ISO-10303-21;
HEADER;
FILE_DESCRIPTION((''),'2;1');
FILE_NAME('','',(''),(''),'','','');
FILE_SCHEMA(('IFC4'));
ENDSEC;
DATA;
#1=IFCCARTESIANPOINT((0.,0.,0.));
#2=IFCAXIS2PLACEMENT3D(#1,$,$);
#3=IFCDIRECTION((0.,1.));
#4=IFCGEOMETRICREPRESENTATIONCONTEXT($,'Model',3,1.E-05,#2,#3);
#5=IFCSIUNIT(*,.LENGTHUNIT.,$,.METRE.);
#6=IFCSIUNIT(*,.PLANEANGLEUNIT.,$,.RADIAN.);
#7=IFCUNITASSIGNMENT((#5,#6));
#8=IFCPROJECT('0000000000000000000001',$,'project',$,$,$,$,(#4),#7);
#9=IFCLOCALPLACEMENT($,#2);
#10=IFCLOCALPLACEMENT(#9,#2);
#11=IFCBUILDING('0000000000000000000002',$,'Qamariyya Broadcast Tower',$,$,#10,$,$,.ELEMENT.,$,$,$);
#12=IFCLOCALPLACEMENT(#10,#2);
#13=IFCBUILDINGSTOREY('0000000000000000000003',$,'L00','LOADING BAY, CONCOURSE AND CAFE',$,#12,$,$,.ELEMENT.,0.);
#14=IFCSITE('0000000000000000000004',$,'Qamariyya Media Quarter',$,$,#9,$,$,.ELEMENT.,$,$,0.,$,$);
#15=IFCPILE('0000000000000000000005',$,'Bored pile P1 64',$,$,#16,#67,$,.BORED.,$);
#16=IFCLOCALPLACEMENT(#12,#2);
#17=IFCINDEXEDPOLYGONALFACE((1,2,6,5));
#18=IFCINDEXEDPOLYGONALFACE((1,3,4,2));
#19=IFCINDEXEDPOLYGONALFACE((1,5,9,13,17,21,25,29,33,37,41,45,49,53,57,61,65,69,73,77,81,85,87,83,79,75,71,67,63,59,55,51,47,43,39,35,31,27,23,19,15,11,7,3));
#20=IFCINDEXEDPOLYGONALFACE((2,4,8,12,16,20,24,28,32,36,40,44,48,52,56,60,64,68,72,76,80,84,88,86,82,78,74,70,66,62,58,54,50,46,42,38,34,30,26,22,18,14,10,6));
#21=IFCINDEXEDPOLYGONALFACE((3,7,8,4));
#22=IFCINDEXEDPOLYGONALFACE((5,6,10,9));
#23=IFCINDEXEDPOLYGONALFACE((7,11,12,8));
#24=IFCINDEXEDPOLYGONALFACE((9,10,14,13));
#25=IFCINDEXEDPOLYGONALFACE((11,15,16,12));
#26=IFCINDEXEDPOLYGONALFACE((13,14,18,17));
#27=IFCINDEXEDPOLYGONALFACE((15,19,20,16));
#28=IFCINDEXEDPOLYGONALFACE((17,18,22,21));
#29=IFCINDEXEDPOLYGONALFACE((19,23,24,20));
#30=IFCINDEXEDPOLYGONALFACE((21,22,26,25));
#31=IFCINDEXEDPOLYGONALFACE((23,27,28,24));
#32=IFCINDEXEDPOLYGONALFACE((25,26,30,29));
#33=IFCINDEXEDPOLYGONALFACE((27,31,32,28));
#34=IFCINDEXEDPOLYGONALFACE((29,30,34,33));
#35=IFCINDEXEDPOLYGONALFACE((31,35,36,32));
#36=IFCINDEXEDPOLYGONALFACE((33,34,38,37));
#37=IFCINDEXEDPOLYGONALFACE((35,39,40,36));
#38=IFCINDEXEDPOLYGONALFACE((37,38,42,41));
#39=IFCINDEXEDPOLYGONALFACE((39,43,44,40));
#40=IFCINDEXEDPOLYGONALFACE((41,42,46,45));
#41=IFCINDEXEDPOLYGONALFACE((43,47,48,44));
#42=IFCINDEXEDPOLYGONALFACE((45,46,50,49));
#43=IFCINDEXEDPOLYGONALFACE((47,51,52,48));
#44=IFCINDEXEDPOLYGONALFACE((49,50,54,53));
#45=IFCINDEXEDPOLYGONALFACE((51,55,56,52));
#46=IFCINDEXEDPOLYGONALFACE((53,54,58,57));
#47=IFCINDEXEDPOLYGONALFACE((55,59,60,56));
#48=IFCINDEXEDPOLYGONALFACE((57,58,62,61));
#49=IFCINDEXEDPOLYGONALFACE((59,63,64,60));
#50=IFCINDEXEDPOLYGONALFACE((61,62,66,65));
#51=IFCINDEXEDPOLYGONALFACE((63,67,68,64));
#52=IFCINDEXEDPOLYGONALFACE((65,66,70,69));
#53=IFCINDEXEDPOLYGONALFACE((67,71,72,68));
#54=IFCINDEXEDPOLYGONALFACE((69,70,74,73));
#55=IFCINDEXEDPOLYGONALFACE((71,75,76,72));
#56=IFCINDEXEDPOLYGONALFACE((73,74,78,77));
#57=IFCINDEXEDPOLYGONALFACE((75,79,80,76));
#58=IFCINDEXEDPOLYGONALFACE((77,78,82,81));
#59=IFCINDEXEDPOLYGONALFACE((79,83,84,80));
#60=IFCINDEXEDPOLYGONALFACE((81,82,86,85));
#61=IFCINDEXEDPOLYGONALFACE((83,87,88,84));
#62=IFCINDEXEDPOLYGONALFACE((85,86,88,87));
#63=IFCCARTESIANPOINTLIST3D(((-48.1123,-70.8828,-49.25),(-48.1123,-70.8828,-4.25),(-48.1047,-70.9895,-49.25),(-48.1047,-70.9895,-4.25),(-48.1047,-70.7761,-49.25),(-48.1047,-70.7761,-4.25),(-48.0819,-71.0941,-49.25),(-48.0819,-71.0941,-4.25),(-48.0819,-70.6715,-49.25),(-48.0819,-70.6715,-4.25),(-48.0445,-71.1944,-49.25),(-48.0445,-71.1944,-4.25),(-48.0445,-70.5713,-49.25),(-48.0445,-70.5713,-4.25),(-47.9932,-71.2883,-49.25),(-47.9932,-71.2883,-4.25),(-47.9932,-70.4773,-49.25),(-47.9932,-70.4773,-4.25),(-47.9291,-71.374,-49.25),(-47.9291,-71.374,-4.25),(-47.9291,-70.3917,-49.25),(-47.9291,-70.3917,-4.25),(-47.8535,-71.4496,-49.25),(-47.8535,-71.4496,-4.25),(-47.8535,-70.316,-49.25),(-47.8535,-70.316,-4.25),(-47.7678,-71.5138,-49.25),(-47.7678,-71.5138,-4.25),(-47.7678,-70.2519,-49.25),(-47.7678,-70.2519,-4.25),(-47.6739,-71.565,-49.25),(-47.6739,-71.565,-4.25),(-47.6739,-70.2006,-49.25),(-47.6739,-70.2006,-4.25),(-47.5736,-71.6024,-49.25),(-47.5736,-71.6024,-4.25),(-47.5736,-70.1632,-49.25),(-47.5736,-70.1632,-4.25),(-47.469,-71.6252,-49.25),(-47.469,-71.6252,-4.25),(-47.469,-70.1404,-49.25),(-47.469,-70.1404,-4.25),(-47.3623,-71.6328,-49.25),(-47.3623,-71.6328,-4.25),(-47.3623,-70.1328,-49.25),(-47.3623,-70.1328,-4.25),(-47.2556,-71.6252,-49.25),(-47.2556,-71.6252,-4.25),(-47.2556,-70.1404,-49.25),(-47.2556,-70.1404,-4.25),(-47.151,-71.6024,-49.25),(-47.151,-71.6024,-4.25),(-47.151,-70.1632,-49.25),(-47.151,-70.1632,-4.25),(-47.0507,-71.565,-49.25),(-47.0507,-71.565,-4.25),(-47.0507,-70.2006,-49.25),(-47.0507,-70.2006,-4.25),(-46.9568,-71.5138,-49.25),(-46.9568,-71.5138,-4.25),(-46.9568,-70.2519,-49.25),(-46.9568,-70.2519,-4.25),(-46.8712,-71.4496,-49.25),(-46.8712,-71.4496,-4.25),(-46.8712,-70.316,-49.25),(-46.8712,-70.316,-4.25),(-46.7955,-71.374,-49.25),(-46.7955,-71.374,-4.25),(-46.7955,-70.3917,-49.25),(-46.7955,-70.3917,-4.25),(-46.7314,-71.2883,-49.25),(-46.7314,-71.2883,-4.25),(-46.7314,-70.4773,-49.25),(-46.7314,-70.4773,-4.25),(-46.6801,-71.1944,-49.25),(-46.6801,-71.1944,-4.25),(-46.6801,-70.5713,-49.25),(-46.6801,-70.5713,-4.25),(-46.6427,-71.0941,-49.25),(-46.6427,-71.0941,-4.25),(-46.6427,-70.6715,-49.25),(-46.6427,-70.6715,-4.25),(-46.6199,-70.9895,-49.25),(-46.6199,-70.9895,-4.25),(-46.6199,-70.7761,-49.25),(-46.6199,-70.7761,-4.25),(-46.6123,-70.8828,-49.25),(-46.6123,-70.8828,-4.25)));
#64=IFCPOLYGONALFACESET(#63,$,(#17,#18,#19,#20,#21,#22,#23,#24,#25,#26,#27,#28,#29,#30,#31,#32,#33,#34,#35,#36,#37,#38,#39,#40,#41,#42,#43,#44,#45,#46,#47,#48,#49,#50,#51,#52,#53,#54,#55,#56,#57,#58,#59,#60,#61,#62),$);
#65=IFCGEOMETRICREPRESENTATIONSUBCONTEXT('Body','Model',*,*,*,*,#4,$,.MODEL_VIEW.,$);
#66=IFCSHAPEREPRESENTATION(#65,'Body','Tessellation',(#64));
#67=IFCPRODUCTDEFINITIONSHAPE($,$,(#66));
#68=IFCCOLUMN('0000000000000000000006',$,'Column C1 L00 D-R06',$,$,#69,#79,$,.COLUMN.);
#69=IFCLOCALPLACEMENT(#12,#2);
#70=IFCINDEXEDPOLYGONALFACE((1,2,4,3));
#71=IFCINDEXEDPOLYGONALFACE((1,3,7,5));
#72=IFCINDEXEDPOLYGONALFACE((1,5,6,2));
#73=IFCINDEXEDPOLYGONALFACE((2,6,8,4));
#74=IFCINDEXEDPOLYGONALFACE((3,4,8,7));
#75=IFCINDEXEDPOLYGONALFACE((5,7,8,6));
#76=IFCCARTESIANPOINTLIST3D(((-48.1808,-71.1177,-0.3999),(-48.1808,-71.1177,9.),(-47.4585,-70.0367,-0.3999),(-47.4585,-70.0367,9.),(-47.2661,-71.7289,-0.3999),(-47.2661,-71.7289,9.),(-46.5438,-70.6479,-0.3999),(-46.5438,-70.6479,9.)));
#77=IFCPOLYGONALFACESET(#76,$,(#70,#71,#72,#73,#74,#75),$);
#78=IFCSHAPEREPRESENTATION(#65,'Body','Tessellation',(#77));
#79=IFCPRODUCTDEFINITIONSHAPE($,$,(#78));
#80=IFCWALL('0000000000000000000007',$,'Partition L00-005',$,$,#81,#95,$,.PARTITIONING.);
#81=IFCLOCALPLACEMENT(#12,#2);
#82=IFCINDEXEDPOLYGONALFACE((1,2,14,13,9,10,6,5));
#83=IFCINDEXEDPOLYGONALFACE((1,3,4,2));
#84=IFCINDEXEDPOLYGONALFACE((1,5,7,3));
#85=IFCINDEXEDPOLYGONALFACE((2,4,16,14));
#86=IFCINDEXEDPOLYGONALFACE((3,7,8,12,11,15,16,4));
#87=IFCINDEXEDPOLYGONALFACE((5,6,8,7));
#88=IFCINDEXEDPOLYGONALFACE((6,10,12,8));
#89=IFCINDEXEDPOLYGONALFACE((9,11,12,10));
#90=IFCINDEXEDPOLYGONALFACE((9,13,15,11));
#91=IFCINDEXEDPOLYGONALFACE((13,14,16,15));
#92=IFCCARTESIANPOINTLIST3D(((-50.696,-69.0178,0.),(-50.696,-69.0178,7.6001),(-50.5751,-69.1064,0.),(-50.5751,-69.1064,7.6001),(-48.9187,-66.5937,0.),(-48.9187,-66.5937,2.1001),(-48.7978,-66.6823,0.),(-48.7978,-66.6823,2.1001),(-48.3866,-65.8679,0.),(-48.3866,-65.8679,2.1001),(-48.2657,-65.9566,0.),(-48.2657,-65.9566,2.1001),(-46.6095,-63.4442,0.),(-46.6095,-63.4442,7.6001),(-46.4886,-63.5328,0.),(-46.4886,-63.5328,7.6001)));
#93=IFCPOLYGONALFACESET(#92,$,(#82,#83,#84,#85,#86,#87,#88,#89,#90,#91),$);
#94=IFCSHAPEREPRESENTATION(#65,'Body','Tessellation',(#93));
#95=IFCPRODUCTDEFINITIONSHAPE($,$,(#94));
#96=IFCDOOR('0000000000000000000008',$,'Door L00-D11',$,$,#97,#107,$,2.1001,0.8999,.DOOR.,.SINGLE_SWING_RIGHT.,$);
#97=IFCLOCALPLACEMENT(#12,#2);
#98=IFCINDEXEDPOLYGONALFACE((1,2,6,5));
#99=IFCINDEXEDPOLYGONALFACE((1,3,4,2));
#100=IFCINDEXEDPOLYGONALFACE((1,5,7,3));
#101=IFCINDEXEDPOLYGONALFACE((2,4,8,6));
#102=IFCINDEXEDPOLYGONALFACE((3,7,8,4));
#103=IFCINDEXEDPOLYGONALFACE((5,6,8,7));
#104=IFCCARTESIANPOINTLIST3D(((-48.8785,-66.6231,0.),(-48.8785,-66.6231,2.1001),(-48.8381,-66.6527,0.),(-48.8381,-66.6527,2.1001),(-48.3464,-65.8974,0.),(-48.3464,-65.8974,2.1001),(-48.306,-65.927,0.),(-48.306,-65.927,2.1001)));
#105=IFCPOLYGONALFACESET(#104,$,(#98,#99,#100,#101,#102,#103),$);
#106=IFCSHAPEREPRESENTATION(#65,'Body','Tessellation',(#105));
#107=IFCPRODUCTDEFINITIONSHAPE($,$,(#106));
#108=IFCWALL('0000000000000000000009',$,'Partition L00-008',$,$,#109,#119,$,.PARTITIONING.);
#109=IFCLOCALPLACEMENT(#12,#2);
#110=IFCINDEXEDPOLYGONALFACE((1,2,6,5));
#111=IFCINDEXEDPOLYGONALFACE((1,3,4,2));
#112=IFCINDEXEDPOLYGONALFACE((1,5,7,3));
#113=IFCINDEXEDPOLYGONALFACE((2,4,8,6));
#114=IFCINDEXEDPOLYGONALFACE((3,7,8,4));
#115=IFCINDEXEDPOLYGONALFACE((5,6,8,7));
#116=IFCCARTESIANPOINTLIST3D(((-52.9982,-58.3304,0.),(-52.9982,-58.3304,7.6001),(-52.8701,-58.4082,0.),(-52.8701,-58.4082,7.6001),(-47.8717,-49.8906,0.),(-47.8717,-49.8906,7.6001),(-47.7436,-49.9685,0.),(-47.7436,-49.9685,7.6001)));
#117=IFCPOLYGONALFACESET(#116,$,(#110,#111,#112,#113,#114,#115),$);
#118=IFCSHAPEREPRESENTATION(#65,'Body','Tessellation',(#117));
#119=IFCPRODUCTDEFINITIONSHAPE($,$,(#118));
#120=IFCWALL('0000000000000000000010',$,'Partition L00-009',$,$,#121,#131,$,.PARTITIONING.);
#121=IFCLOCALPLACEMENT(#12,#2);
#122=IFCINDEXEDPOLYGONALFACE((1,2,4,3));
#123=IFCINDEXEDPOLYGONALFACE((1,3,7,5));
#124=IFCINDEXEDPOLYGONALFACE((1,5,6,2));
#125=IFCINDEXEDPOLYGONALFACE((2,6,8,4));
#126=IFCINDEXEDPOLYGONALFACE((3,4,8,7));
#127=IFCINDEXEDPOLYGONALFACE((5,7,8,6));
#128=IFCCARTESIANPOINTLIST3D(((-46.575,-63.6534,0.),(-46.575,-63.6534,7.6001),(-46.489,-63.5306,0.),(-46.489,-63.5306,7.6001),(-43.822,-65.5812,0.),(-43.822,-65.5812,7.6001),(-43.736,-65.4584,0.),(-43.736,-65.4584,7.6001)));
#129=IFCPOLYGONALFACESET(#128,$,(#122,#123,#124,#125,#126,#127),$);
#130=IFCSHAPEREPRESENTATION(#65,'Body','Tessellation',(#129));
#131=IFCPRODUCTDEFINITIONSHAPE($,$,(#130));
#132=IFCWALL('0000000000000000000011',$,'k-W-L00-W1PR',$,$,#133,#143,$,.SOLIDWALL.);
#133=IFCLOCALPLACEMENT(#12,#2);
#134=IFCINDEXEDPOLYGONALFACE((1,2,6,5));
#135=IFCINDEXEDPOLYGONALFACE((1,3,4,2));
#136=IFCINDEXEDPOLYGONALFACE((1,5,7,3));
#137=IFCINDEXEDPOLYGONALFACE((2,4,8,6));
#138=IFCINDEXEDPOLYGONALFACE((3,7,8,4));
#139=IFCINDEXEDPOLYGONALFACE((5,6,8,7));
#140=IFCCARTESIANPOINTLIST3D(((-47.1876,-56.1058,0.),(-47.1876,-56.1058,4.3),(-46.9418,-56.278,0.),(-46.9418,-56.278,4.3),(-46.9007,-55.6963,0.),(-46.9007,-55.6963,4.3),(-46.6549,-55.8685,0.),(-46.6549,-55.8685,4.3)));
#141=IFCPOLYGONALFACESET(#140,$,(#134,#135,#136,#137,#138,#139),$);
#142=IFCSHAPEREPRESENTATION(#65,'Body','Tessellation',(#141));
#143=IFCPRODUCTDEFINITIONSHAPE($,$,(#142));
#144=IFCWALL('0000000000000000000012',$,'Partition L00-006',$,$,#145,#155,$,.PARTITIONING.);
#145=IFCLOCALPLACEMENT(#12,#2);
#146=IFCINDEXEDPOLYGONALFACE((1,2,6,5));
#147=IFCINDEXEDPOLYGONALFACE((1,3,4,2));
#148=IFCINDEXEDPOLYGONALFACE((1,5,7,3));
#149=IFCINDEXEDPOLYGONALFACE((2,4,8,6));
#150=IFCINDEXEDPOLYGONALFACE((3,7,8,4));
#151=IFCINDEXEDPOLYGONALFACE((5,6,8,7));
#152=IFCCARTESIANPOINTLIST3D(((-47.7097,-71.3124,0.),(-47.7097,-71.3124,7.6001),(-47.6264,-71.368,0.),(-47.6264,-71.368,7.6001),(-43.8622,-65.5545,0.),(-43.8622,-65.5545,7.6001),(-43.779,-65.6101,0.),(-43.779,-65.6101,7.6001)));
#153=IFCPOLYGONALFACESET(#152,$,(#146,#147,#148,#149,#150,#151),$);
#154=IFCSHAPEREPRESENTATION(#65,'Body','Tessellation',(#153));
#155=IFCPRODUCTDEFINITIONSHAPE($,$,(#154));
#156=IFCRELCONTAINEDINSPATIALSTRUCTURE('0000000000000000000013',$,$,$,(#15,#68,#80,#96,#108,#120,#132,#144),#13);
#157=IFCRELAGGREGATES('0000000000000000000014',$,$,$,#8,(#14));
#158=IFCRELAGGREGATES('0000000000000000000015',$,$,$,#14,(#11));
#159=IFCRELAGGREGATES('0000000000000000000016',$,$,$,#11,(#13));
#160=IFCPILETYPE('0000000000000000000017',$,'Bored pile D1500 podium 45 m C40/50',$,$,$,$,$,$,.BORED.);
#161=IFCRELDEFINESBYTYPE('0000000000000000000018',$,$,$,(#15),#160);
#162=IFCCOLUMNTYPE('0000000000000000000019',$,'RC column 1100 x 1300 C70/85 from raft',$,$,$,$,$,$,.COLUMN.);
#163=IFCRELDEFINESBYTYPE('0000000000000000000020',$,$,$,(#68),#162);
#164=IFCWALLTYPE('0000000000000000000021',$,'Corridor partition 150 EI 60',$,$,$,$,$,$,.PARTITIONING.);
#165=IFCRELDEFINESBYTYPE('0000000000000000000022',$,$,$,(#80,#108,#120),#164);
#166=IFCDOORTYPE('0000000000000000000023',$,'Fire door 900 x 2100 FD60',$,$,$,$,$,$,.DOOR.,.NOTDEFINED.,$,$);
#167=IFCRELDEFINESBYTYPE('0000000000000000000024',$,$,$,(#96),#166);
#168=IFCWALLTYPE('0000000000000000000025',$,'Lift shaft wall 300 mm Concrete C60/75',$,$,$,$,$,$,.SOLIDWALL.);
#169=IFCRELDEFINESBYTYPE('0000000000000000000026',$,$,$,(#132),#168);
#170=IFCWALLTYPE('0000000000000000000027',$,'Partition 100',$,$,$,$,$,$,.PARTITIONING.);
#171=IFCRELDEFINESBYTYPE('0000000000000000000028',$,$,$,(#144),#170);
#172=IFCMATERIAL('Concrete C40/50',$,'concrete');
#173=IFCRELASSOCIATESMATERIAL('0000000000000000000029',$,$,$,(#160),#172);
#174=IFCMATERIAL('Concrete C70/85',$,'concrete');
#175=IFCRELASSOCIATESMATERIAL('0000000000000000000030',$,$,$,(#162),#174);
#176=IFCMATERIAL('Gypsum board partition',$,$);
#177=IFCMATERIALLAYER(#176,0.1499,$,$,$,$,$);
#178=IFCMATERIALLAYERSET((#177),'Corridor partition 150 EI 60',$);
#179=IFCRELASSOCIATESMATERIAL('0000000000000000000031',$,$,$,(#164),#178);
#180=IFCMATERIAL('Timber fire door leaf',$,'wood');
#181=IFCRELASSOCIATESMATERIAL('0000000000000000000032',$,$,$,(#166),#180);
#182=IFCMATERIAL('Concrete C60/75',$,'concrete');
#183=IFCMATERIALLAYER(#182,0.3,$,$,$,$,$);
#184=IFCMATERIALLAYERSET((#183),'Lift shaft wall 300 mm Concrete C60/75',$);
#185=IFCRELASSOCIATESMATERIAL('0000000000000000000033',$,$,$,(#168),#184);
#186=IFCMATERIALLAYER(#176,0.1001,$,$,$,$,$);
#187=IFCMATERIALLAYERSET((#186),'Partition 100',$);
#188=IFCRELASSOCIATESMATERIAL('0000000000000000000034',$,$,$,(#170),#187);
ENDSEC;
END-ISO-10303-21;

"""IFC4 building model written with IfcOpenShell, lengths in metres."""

from ifc_helpers import new_model, si_unit, direction, frame, frame_2d, origin, origin_2d, place, context, subcontext, project, spatial, rectangle, circle, extrude, material, layer, layer_set, material_profile, profile_set, type_object, element, fill, save


model = new_model("IFC4")

# Units and contexts
model_context = context("Model", 3, precision=1e-05, world=origin(), true_north=direction((0.0, 1.0)))
body_context = subcontext(model_context, "Body", "Model", "MODEL_VIEW")
ifc_project = project(units=[si_unit("LENGTHUNIT", "METRE"), si_unit("PLANEANGLEUNIT", "RADIAN")], contexts=[model_context])

# Site, building, storey
site_placement = place(None, origin())
site = spatial("IfcSite", under=ifc_project, at=site_placement, Name="Qamariyya Media Quarter", CompositionType="ELEMENT", RefElevation=0.0)
building_placement = place(site_placement, origin())
building = spatial("IfcBuilding", under=site, at=building_placement, Name="Qamariyya Broadcast Tower", CompositionType="ELEMENT")
storey_placement = place(building_placement, origin())
storey = spatial("IfcBuildingStorey", under=building, at=storey_placement, Name="L00", Description="LOADING BAY, CONCOURSE AND CAFE", CompositionType="ELEMENT", Elevation=0.0)

# Pile
ifc_material_1 = material(Name="Concrete C40/50", Category="concrete")
ifc_material_profile_1 = material_profile(ifc_material_1, circle(Radius=0.75, at=origin_2d()))
ifc_profile_set_1 = profile_set([ifc_material_profile_1], Name="Concrete C40/50")
pile_type = type_object("IfcPileType", Name="Bored pile D1500 podium 45 m C40/50", PredefinedType="BORED", material=ifc_profile_set_1)
pile_placement = place(storey_placement, frame((-47.3623, -70.8828, -4.25), z_axis=(0.0, 0.0, -1.0), x_axis=(1.0, 0.0, 0.0)))
element("IfcPile", 1, at=pile_placement, inside=storey, type_object=pile_type, Name="Bored pile P1 64", PredefinedType="BORED", context=body_context, shape_type="SweptSolid", body=[
    extrude(circle(Radius=0.75, at=origin_2d()), origin(), (0.0, 0.0, 1.0), 45.0),
])

# Column
ifc_material_2 = material(Name="Concrete C70/85", Category="concrete")
ifc_material_profile_2 = material_profile(ifc_material_2, rectangle(XDim=1.1001, YDim=1.3, at=origin_2d()))
ifc_profile_set_2 = profile_set([ifc_material_profile_2], Name="Concrete C70/85")
column_type = type_object("IfcColumnType", Name="RC column 1100 x 1300 C70/85 from raft", PredefinedType="COLUMN", material=ifc_profile_set_2)
column_placement = place(storey_placement, frame((-47.3623, -70.8828, -0.3999), z_axis=(0.0, 0.0, 1.0), x_axis=(0.83147, -0.55557, 0.0)))
element("IfcColumn", 2, at=column_placement, inside=storey, type_object=column_type, Name="Column C1 L00 D-R06", PredefinedType="COLUMN", context=body_context, shape_type="SweptSolid", body=[
    extrude(rectangle(XDim=1.1001, YDim=1.3, at=origin_2d()), origin(), (0.0, 0.0, 1.0), 9.3999),
])

# Wall, opening, door
ifc_material_3 = material(Name="Gypsum board partition")
ifc_layer_1 = layer(ifc_material_3, 0.1499)
ifc_layer_set_1 = layer_set([ifc_layer_1], Name="Corridor partition 150 EI 60")
wall_type_1 = type_object("IfcWallType", Name="Corridor partition 150 EI 60", PredefinedType="PARTITIONING", material=ifc_layer_set_1)
wall_1_placement = place(storey_placement, frame((-46.5491, -63.4885, 0.0), z_axis=(0.0, 0.0, 1.0), x_axis=(-0.591289, -0.80646, 0.0)))
wall_1 = element("IfcWall", 3, at=wall_1_placement, inside=storey, type_object=wall_type_1, Name="Partition L00-005", PredefinedType="PARTITIONING", context=body_context, shape_type="SweptSolid", body=[
    extrude(rectangle(XDim=6.9111, YDim=0.1499, at=frame_2d((3.4556, 0.0))), origin(), (0.0, 0.0, 1.0), 7.6001),
])
opening_1_placement = place(wall_1_placement, frame((3.0054, 0.0, 0.0)))
opening_1 = element("IfcOpeningElement", 4, at=opening_1_placement, cuts=wall_1, PredefinedType="OPENING", context=body_context, shape_type="SweptSolid", body=[
    extrude(rectangle(XDim=0.8999, YDim=2.1001, at=frame_2d((0.45, 1.05))), frame((0.0, 0.085, 0.0), z_axis=(0.0, -1.0, 0.0), x_axis=(1.0, 0.0, 0.0)), (0.0, 0.0, 1.0), 0.1699),
])
ifc_material_4 = material(Name="Timber fire door leaf", Category="wood")
door_type_1 = type_object("IfcDoorType", Name="Fire door 900 x 2100 FD60", OperationType="NOTDEFINED", PredefinedType="DOOR", material=ifc_material_4)
door_1_placement = place(opening_1_placement, origin())
door_1 = element("IfcDoor", 5, at=door_1_placement, inside=storey, type_object=door_type_1, Name="Door L00-D11", OperationType="SINGLE_SWING_RIGHT", OverallHeight=2.1001, OverallWidth=0.8999, PredefinedType="DOOR", context=body_context, shape_type="SweptSolid", body=[
    extrude(rectangle(XDim=0.8999, YDim=2.1001, at=frame_2d((0.45, 1.05))), frame((0.0, 0.0249, 0.0), z_axis=(0.0, -1.0, 0.0), x_axis=(1.0, 0.0, 0.0)), (0.0, 0.0, 1.0), 0.05),
])
fill(opening_1, door_1)

# Walls
wall_2_placement = place(storey_placement, frame((-47.8076, -49.9294, 0.0), z_axis=(0.0, 0.0, 1.0), x_axis=(-0.519153, -0.854681, 0.0)))
element("IfcWall", 6, at=wall_2_placement, inside=storey, type_object=wall_type_1, Name="Partition L00-008", PredefinedType="PARTITIONING", context=body_context, shape_type="SweptSolid", body=[
    extrude(rectangle(XDim=9.8748, YDim=0.1499, at=frame_2d((4.9375, 0.0))), origin(), (0.0, 0.0, 1.0), 7.6001),
])
wall_3_placement = place(storey_placement, frame((-46.532, -63.592, 0.0), z_axis=(0.0, 0.0, 1.0), x_axis=(0.819136, -0.573599, 0.0)))
element("IfcWall", 7, at=wall_3_placement, inside=storey, type_object=wall_type_1, Name="Partition L00-009", PredefinedType="PARTITIONING", context=body_context, shape_type="SweptSolid", body=[
    extrude(rectangle(XDim=3.3608, YDim=0.1499, at=frame_2d((1.6804, 0.0))), origin(), (0.0, 0.0, 1.0), 7.6001),
])
ifc_material_5 = material(Name="Concrete C60/75", Category="concrete")
ifc_layer_2 = layer(ifc_material_5, 0.3)
ifc_layer_set_2 = layer_set([ifc_layer_2], Name="Lift shaft wall 300 mm Concrete C60/75")
wall_type_2 = type_object("IfcWallType", Name="Lift shaft wall 300 mm Concrete C60/75", PredefinedType="SOLIDWALL", material=ifc_layer_set_2)
wall_4_placement = place(storey_placement, frame((-47.0647, -56.1919, 0.0), z_axis=(0.0, 0.0, 1.0), x_axis=(0.573823, 0.818979, 0.0)))
element("IfcWall", 8, at=wall_4_placement, inside=storey, type_object=wall_type_2, Name="k-W-L00-W1PR", PredefinedType="SOLIDWALL", context=body_context, shape_type="SweptSolid", body=[
    extrude(rectangle(XDim=0.5, YDim=0.3, at=frame_2d((0.25, 0.0))), origin(), (0.0, 0.0, 1.0), 4.3),
])
ifc_layer_3 = layer(ifc_material_3, 0.1001)
ifc_layer_set_3 = layer_set([ifc_layer_3], Name="Partition 100")
wall_type_3 = type_object("IfcWallType", Name="Partition 100", PredefinedType="PARTITIONING", material=ifc_layer_set_3)
wall_5_placement = place(storey_placement, frame((-47.668, -71.3401, 0.0), z_axis=(0.0, 0.0, 1.0), x_axis=(0.555587, 0.831459, 0.0)))
element("IfcWall", 9, at=wall_5_placement, inside=storey, type_object=wall_type_3, Name="Partition L00-006", PredefinedType="PARTITIONING", context=body_context, shape_type="SweptSolid", body=[
    extrude(rectangle(XDim=6.925, YDim=0.1001, at=frame_2d((3.4624, 0.0))), origin(), (0.0, 0.0, 1.0), 7.6001),
])

save(model, "model.ifc")
